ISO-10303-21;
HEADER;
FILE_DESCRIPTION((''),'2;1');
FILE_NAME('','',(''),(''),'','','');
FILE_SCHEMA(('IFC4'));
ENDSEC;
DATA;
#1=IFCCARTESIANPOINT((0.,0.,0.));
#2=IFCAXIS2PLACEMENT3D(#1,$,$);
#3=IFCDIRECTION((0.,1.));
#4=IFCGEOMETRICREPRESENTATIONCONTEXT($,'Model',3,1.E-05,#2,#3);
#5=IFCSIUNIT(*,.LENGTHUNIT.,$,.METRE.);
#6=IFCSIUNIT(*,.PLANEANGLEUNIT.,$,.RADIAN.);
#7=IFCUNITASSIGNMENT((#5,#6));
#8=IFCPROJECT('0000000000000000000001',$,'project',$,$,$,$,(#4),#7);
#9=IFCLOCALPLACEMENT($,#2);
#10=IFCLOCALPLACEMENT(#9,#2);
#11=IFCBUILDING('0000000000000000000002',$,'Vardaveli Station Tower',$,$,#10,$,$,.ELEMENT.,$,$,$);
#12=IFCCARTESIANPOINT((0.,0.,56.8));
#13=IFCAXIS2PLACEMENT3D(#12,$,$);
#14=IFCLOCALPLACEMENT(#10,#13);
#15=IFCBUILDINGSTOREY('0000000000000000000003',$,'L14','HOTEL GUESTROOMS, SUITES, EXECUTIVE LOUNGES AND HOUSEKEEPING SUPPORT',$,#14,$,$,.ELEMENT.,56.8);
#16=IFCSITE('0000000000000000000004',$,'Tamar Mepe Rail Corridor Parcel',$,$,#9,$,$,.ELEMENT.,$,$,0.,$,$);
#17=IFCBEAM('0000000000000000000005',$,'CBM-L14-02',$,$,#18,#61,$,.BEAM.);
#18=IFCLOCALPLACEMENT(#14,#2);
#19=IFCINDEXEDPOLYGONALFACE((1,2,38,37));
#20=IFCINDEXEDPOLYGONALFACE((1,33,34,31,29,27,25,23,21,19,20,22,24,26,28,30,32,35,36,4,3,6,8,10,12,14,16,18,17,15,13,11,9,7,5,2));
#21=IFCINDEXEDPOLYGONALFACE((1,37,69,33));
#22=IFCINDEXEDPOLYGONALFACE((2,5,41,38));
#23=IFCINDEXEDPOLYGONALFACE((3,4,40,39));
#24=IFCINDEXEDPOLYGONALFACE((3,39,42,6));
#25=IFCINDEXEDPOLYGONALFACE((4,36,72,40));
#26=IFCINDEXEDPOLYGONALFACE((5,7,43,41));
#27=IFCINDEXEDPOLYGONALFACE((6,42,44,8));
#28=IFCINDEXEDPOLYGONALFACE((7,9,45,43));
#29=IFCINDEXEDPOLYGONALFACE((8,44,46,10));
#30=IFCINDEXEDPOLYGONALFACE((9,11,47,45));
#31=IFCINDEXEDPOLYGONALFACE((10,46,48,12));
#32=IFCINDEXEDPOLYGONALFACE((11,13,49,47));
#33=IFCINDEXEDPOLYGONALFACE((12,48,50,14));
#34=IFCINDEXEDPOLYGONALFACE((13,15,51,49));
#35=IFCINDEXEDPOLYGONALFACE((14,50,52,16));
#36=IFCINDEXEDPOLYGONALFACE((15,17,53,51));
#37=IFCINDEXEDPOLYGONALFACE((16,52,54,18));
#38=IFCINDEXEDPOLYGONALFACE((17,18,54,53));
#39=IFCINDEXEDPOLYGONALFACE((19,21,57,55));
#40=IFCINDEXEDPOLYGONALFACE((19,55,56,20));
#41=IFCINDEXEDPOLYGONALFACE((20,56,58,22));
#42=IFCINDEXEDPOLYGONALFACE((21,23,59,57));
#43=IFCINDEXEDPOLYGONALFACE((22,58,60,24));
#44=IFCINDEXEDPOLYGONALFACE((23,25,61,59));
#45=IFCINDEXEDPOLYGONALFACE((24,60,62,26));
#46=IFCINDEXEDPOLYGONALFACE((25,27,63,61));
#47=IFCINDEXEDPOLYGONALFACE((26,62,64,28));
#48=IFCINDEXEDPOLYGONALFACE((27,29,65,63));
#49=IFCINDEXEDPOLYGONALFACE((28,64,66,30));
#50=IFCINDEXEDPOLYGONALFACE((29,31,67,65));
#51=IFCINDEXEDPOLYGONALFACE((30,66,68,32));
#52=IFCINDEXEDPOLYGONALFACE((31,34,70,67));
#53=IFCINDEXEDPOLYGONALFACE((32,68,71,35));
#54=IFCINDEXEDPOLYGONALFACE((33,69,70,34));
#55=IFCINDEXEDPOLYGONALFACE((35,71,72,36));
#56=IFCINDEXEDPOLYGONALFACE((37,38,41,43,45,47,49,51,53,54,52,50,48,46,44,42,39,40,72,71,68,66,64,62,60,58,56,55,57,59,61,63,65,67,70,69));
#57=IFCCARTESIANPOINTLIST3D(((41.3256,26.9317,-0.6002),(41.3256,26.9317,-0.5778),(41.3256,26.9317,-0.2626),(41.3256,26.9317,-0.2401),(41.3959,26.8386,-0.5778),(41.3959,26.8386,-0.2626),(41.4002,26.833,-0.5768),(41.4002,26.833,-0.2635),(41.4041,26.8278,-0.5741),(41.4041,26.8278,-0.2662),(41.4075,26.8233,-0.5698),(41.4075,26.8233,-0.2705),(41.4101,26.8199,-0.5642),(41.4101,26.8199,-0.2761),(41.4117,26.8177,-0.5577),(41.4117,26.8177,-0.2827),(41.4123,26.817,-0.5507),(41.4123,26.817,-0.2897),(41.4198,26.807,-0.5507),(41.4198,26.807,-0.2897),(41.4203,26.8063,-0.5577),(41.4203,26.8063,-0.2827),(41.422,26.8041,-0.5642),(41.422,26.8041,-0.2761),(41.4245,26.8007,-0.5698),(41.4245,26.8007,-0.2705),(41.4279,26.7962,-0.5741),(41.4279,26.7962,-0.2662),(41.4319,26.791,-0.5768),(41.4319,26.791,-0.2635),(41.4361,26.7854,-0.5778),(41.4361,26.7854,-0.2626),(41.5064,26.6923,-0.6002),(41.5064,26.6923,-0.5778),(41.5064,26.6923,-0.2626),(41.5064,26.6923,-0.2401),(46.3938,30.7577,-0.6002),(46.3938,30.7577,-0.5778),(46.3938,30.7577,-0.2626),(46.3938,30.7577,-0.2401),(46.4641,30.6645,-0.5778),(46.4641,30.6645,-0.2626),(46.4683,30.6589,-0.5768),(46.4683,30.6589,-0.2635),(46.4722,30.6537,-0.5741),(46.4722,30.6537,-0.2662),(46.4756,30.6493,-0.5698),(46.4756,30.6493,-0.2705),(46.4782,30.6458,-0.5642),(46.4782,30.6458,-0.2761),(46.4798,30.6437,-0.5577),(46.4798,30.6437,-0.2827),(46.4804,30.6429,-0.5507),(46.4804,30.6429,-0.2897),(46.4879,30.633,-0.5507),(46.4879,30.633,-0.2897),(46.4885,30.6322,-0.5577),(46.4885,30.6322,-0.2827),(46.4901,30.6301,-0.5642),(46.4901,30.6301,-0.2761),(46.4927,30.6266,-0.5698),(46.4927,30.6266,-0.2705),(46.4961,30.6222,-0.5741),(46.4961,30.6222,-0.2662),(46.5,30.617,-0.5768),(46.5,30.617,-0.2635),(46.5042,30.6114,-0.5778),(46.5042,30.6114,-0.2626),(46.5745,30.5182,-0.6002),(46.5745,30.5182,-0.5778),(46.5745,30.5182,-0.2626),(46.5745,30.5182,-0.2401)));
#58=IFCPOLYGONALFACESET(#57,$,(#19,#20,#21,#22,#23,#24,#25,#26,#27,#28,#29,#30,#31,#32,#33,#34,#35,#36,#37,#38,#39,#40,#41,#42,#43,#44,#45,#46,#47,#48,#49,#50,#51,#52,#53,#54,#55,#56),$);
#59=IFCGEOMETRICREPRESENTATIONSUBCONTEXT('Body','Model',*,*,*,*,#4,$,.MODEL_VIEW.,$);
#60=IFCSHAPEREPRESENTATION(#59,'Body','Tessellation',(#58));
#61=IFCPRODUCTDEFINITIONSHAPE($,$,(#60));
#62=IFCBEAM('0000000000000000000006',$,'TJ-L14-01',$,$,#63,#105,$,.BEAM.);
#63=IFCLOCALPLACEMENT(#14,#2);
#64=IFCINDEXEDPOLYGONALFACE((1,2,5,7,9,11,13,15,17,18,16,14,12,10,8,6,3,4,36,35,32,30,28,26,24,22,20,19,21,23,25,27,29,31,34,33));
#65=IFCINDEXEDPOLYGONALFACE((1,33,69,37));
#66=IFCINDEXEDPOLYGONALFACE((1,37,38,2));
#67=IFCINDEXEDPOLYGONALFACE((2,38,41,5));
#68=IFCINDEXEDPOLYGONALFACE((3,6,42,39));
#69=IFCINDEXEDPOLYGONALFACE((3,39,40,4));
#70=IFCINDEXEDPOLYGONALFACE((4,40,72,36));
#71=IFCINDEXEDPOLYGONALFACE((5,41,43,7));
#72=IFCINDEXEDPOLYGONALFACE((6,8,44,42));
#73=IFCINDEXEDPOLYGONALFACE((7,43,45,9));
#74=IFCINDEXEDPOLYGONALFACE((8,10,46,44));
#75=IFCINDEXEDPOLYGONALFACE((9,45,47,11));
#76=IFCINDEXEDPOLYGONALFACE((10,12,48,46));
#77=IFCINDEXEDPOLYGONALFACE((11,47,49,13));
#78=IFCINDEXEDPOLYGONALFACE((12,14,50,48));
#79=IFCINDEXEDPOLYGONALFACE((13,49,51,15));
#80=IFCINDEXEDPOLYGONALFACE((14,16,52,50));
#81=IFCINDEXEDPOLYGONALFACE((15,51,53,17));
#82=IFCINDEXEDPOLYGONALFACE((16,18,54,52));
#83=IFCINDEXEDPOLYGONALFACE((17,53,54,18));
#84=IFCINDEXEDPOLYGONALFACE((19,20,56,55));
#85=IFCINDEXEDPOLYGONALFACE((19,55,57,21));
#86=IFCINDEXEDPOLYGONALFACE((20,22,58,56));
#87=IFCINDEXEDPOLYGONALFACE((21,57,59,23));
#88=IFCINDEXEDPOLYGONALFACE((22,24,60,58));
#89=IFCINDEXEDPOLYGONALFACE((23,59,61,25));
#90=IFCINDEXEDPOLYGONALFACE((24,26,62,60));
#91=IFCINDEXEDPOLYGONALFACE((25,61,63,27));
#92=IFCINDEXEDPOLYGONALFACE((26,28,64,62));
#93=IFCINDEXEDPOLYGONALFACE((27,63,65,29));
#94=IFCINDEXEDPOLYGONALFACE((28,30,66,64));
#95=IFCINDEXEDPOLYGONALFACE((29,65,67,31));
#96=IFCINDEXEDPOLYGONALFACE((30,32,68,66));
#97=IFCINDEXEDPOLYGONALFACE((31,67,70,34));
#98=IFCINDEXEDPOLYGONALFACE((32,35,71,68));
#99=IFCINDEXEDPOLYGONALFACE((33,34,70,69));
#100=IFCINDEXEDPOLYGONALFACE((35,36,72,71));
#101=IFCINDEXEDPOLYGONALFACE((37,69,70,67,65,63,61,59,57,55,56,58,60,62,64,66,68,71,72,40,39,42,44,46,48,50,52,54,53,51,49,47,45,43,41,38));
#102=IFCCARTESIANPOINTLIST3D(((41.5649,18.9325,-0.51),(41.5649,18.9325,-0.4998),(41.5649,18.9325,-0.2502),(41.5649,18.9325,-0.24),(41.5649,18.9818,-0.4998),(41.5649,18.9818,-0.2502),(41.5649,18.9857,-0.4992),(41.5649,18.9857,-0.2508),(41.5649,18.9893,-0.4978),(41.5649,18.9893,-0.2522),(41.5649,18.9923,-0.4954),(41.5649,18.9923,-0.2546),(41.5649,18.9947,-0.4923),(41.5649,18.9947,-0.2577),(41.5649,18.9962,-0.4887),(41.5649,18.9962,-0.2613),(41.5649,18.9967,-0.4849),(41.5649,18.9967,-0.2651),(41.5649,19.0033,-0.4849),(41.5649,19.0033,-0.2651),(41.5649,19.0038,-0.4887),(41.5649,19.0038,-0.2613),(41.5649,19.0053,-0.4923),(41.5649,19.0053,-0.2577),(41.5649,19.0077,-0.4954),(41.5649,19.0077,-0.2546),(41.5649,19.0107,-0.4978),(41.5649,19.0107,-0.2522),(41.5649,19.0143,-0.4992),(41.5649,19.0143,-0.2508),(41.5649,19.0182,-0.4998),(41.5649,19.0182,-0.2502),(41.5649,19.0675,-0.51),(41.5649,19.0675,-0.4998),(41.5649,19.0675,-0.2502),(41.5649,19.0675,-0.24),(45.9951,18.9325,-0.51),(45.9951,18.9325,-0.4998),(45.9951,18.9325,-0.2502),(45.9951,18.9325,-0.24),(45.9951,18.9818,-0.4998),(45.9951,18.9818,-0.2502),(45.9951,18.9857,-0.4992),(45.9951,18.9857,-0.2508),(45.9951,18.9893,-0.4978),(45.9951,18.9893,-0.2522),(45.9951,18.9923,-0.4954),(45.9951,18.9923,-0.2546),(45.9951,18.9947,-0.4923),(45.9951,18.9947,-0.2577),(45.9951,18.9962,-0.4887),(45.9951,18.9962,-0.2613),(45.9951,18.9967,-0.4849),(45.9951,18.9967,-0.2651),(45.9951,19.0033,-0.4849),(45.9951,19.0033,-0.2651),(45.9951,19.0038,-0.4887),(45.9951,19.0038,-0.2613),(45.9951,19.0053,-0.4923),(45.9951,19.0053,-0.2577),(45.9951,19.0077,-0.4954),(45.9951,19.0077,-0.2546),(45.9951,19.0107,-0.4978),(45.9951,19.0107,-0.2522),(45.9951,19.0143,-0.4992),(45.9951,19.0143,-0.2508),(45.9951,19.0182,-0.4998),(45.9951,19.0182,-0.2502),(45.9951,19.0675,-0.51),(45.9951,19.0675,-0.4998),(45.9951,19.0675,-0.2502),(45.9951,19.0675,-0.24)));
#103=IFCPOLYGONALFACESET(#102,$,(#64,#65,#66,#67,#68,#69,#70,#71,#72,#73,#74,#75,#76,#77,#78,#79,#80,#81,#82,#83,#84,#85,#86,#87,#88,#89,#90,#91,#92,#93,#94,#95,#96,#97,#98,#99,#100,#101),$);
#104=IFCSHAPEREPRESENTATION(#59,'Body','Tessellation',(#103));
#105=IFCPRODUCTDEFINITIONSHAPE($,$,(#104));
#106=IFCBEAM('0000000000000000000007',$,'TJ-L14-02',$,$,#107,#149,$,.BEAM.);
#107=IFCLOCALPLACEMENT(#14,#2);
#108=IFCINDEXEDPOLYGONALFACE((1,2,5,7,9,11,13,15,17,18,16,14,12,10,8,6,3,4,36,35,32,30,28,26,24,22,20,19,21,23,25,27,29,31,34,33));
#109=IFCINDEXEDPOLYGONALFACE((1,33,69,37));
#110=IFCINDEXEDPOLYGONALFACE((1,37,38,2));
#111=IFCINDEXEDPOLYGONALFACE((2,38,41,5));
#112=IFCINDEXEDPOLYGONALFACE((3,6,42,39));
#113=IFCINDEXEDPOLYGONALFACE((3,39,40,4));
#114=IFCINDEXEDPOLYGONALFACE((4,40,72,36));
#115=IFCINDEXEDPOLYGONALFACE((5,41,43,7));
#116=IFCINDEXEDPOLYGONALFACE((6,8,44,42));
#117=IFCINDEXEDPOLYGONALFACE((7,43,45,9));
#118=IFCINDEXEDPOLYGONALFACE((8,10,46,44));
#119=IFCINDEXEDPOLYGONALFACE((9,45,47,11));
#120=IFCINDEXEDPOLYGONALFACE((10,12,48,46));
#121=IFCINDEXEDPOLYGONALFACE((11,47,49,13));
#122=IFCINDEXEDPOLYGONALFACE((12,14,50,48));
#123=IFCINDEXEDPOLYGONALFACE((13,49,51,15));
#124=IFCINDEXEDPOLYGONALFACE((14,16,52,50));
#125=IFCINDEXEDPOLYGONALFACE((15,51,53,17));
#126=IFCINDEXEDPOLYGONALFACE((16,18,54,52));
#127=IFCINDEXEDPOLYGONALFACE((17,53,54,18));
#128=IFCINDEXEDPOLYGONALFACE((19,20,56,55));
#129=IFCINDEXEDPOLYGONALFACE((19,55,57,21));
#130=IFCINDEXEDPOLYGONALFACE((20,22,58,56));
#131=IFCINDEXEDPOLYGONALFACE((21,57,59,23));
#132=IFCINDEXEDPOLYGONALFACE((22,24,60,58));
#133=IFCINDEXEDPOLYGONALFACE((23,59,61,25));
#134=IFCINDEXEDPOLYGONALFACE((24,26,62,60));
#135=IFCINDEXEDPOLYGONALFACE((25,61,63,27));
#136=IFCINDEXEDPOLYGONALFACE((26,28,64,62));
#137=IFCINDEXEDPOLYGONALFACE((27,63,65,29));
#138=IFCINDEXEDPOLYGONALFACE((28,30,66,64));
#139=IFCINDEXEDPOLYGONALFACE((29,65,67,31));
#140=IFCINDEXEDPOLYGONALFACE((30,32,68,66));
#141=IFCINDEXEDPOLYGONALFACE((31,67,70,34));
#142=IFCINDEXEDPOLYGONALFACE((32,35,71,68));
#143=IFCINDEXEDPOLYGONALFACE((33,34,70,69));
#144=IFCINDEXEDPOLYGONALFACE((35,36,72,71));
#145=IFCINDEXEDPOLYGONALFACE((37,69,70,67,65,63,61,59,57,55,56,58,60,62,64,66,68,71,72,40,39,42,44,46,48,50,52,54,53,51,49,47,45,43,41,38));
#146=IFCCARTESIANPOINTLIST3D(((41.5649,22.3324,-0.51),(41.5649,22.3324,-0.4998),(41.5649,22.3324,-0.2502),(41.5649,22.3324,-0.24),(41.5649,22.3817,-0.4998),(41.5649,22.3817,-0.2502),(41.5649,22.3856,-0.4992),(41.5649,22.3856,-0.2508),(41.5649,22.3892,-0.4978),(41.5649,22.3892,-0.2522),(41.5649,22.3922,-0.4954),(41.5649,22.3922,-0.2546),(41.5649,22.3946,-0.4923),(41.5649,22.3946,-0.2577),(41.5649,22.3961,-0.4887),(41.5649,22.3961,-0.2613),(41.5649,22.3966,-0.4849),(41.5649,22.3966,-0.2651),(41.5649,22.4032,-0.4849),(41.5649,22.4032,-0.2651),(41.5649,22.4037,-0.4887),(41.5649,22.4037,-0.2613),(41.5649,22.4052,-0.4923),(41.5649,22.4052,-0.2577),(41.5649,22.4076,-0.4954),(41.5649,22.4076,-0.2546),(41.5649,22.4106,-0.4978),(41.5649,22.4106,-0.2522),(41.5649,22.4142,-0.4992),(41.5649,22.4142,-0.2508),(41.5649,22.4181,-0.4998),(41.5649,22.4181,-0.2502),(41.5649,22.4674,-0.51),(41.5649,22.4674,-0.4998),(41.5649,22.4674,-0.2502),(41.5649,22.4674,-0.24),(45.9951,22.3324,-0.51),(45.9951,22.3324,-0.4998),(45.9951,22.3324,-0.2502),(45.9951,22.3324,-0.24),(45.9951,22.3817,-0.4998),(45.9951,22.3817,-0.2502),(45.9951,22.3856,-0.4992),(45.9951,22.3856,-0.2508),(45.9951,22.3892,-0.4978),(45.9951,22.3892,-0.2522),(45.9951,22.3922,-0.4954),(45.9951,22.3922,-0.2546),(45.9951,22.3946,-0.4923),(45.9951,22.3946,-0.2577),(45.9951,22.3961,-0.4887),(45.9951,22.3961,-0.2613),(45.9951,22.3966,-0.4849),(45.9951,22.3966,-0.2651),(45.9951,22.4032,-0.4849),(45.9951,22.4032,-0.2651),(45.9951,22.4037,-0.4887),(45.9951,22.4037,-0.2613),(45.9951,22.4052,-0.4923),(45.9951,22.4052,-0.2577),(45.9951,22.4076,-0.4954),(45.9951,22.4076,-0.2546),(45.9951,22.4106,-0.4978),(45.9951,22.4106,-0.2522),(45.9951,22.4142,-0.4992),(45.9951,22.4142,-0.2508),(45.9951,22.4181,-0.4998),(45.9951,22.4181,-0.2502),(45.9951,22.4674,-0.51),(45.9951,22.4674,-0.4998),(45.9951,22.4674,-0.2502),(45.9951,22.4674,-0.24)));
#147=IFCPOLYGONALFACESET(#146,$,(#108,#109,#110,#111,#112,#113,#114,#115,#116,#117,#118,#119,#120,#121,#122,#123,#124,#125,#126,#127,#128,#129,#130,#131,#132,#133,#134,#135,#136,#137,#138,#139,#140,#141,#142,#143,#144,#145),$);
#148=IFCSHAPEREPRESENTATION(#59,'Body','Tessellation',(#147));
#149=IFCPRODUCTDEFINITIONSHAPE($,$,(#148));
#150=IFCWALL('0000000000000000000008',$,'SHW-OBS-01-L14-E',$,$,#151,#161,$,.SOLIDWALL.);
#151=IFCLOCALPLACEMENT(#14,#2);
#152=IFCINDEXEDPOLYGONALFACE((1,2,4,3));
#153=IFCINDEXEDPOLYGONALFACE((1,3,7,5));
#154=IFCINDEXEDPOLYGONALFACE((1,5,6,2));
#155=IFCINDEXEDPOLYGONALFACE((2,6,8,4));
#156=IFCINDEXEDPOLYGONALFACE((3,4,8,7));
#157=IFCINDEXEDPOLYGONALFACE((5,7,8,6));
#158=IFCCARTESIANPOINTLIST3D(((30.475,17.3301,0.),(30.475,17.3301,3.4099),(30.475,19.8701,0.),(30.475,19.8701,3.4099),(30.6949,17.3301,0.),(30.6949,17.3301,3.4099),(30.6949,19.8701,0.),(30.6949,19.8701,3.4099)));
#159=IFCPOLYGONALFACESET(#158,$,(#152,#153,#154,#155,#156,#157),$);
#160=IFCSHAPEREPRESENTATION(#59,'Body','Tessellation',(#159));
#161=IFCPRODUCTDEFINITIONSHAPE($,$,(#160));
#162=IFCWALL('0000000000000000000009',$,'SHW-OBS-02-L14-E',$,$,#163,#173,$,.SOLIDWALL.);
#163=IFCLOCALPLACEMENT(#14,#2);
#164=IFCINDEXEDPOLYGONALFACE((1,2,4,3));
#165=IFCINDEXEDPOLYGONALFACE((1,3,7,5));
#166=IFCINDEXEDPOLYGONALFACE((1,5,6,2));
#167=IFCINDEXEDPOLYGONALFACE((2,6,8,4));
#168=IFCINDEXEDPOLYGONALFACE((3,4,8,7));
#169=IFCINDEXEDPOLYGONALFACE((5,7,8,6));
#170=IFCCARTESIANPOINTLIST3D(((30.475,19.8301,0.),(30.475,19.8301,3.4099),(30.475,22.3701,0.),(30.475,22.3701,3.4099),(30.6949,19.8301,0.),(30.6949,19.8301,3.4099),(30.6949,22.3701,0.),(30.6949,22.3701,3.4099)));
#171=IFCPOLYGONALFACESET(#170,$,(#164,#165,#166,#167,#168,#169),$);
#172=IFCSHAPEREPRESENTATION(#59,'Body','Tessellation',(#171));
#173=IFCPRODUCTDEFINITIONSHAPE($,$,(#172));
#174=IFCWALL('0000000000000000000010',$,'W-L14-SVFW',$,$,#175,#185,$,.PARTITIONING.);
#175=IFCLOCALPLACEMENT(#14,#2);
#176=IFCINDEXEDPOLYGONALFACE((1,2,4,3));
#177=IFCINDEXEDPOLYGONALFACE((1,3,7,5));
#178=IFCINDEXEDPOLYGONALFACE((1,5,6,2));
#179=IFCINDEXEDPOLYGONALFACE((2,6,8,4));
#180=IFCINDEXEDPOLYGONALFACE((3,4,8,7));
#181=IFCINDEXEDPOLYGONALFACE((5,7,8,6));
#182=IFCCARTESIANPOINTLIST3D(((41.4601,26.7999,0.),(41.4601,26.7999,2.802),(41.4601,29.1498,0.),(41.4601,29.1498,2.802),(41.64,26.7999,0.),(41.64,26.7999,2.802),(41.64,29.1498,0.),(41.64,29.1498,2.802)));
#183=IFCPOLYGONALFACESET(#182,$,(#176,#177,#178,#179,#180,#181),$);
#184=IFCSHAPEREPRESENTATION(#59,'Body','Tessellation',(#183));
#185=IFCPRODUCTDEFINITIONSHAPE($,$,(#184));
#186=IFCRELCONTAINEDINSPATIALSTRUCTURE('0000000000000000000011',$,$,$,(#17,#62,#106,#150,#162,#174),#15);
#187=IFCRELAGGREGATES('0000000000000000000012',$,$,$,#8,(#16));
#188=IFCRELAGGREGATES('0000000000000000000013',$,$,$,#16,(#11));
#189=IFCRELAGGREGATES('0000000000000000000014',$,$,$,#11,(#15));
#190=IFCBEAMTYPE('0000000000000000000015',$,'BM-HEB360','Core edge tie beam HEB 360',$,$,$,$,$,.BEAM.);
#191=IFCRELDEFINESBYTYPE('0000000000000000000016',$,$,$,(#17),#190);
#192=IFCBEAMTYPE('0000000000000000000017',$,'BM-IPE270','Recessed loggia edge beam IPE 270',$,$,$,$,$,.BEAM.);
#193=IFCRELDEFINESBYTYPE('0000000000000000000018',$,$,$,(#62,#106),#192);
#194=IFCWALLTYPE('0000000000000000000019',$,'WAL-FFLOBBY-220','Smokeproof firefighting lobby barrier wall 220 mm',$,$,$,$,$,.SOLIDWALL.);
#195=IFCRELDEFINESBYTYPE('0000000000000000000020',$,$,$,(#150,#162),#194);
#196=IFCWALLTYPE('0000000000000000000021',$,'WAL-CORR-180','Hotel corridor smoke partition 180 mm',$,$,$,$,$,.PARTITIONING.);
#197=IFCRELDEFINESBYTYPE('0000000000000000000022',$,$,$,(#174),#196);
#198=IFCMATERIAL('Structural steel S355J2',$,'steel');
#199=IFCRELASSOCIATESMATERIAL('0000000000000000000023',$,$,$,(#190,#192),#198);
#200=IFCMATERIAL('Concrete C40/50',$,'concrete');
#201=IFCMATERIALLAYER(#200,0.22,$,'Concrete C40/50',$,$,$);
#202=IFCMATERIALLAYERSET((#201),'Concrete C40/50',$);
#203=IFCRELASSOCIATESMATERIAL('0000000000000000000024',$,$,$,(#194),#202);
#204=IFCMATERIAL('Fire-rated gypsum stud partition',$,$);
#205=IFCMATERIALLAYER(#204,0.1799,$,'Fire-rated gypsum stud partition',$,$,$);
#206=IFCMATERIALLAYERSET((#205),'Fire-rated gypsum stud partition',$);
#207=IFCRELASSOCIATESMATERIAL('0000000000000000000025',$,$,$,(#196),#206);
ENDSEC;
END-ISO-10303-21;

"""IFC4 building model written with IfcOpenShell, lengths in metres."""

from ifc_helpers import new_model, si_unit, direction, frame, frame_2d, origin, origin_2d, place, context, subcontext, project, spatial, rectangle, i_section, extrude, source, transform, mapped, material, layer, layer_set, material_profile, profile_set, type_object, element, save


model = new_model("IFC4")

# Units and contexts
model_context = context("Model", 3, precision=1e-05, world=origin(), true_north=direction((0.0, 1.0)))
body_context = subcontext(model_context, "Body", "Model", "MODEL_VIEW")
ifc_project = project(units=[si_unit("LENGTHUNIT", "METRE"), si_unit("PLANEANGLEUNIT", "RADIAN")], contexts=[model_context])

# Site, building, storey
site_placement = place(None, origin())
site = spatial("IfcSite", under=ifc_project, at=site_placement, Name="Tamar Mepe Rail Corridor Parcel", CompositionType="ELEMENT", RefElevation=0.0)
building_placement = place(site_placement, origin())
building = spatial("IfcBuilding", under=site, at=building_placement, Name="Vardaveli Station Tower", CompositionType="ELEMENT")
storey_placement = place(building_placement, frame((0.0, 0.0, 56.8)))
storey = spatial("IfcBuildingStorey", under=building, at=storey_placement, Name="L14", Description="HOTEL GUESTROOMS, SUITES, EXECUTIVE LOUNGES AND HOUSEKEEPING SUPPORT", CompositionType="ELEMENT", Elevation=56.8)

# Beams
ifc_material_1 = material(Name="Structural steel S355J2", Category="steel")
ifc_material_profile_1 = material_profile(ifc_material_1, i_section(OverallWidth=0.3, OverallDepth=0.3601, WebThickness=0.0125, FlangeThickness=0.0225, FilletRadius=0.0271, at=origin_2d()), Name="HEB 360")
ifc_profile_set_1 = profile_set([ifc_material_profile_1], Name="Structural steel S355J2")
beam_type_1 = type_object("IfcBeamType", Name="BM-HEB360", Description="Core edge tie beam HEB 360", PredefinedType="BEAM", material=ifc_profile_set_1)
shared_shape_1 = source(origin(), body_context, "Body", "SweptSolid", [
    extrude(i_section(OverallWidth=0.3, OverallDepth=0.3601, WebThickness=0.0125, FlangeThickness=0.0225, FilletRadius=0.0271, at=origin_2d()), origin(), (0.0, 0.0, 1.0), 6.3501),
])
beam_1_placement = place(storey_placement, frame((41.416, 26.812, -0.4202), z_axis=(0.798118, 0.602501, 0.0), x_axis=(-0.602501, 0.798118, 0.0)))
element("IfcBeam", 1, at=beam_1_placement, inside=storey, type_object=beam_type_1, Name="CBM-L14-02", PredefinedType="BEAM", context=body_context, shape_type="MappedRepresentation", body=[
    mapped(shared_shape_1, transform((0.0, 0.0, 0.0), scale=1.0)),
])
ifc_material_profile_2 = material_profile(ifc_material_1, i_section(OverallWidth=0.135, OverallDepth=0.27, WebThickness=0.0066, FlangeThickness=0.0103, FilletRadius=0.0149, at=origin_2d()), Name="IPE 270")
ifc_profile_set_2 = profile_set([ifc_material_profile_2], Name="Structural steel S355J2")
beam_type_2 = type_object("IfcBeamType", Name="BM-IPE270", Description="Recessed loggia edge beam IPE 270", PredefinedType="BEAM", material=ifc_profile_set_2)
shared_shape_2 = source(origin(), body_context, "Body", "SweptSolid", [
    extrude(i_section(OverallWidth=0.135, OverallDepth=0.27, WebThickness=0.0066, FlangeThickness=0.0103, FilletRadius=0.0149, at=origin_2d()), origin(), (0.0, 0.0, 1.0), 4.4302),
])
for number, where, z_axis, x_axis, name in (
    (2, (41.5649, 19.0, -0.375), (1.0, 0.0, 0.0), (0.0, 1.0, 0.0), "TJ-L14-01"),
    (3, (41.5649, 22.3999, -0.375), (1.0, 0.0, 0.0), (0.0, 1.0, 0.0), "TJ-L14-02"),
):
    element("IfcBeam", number, at=place(storey_placement, frame(where, z_axis=z_axis, x_axis=x_axis)), inside=storey, type_object=beam_type_2, Name=name, PredefinedType="BEAM", context=body_context, shape_type="MappedRepresentation", body=[
        mapped(shared_shape_2, transform((0.0, 0.0, 0.0), scale=1.0)),
    ])

# Walls
ifc_material_2 = material(Name="Concrete C40/50", Category="concrete")
ifc_layer_1 = layer(ifc_material_2, 0.22, Name="Concrete C40/50")
ifc_layer_set_1 = layer_set([ifc_layer_1], Name="Concrete C40/50")
wall_type_1 = type_object("IfcWallType", Name="WAL-FFLOBBY-220", Description="Smokeproof firefighting lobby barrier wall 220 mm", PredefinedType="SOLIDWALL", material=ifc_layer_set_1)
shared_shape_3 = source(origin(), body_context, "Body", "SweptSolid", [
    extrude(rectangle(XDim=2.54, YDim=0.22, at=frame_2d((1.27, 0.0))), origin(), (0.0, 0.0, 1.0), 3.4099),
])
for number, where, z_axis, x_axis, name in (
    (4, (30.585, 17.3301, 0.0), (0.0, 0.0, 1.0), (0.0, 1.0, 0.0), "SHW-OBS-01-L14-E"),
    (5, (30.585, 19.8301, 0.0), (0.0, 0.0, 1.0), (0.0, 1.0, 0.0), "SHW-OBS-02-L14-E"),
):
    element("IfcWall", number, at=place(storey_placement, frame(where, z_axis=z_axis, x_axis=x_axis)), inside=storey, type_object=wall_type_1, Name=name, PredefinedType="SOLIDWALL", context=body_context, shape_type="MappedRepresentation", body=[
        mapped(shared_shape_3, transform((0.0, 0.0, 0.0), scale=1.0)),
    ])
ifc_material_3 = material(Name="Fire-rated gypsum stud partition")
ifc_layer_2 = layer(ifc_material_3, 0.1799, Name="Fire-rated gypsum stud partition")
ifc_layer_set_2 = layer_set([ifc_layer_2], Name="Fire-rated gypsum stud partition")
wall_type_2 = type_object("IfcWallType", Name="WAL-CORR-180", Description="Hotel corridor smoke partition 180 mm", PredefinedType="PARTITIONING", material=ifc_layer_set_2)
shared_shape_4 = source(origin(), body_context, "Body", "SweptSolid", [
    extrude(rectangle(XDim=2.3499, YDim=0.1799, at=frame_2d((1.1748, 0.0))), origin(), (0.0, 0.0, 1.0), 2.802),
])
wall_1_placement = place(storey_placement, frame((41.55, 26.8, 0.0), z_axis=(0.0, 0.0, 1.0), x_axis=(0.0, 1.0, 0.0)))
element("IfcWall", 6, at=wall_1_placement, inside=storey, type_object=wall_type_2, Name="W-L14-SVFW", PredefinedType="PARTITIONING", context=body_context, shape_type="MappedRepresentation", body=[
    mapped(shared_shape_4, transform((0.0, 0.0, 0.0), scale=1.0)),
])

save(model, "model.ifc")
